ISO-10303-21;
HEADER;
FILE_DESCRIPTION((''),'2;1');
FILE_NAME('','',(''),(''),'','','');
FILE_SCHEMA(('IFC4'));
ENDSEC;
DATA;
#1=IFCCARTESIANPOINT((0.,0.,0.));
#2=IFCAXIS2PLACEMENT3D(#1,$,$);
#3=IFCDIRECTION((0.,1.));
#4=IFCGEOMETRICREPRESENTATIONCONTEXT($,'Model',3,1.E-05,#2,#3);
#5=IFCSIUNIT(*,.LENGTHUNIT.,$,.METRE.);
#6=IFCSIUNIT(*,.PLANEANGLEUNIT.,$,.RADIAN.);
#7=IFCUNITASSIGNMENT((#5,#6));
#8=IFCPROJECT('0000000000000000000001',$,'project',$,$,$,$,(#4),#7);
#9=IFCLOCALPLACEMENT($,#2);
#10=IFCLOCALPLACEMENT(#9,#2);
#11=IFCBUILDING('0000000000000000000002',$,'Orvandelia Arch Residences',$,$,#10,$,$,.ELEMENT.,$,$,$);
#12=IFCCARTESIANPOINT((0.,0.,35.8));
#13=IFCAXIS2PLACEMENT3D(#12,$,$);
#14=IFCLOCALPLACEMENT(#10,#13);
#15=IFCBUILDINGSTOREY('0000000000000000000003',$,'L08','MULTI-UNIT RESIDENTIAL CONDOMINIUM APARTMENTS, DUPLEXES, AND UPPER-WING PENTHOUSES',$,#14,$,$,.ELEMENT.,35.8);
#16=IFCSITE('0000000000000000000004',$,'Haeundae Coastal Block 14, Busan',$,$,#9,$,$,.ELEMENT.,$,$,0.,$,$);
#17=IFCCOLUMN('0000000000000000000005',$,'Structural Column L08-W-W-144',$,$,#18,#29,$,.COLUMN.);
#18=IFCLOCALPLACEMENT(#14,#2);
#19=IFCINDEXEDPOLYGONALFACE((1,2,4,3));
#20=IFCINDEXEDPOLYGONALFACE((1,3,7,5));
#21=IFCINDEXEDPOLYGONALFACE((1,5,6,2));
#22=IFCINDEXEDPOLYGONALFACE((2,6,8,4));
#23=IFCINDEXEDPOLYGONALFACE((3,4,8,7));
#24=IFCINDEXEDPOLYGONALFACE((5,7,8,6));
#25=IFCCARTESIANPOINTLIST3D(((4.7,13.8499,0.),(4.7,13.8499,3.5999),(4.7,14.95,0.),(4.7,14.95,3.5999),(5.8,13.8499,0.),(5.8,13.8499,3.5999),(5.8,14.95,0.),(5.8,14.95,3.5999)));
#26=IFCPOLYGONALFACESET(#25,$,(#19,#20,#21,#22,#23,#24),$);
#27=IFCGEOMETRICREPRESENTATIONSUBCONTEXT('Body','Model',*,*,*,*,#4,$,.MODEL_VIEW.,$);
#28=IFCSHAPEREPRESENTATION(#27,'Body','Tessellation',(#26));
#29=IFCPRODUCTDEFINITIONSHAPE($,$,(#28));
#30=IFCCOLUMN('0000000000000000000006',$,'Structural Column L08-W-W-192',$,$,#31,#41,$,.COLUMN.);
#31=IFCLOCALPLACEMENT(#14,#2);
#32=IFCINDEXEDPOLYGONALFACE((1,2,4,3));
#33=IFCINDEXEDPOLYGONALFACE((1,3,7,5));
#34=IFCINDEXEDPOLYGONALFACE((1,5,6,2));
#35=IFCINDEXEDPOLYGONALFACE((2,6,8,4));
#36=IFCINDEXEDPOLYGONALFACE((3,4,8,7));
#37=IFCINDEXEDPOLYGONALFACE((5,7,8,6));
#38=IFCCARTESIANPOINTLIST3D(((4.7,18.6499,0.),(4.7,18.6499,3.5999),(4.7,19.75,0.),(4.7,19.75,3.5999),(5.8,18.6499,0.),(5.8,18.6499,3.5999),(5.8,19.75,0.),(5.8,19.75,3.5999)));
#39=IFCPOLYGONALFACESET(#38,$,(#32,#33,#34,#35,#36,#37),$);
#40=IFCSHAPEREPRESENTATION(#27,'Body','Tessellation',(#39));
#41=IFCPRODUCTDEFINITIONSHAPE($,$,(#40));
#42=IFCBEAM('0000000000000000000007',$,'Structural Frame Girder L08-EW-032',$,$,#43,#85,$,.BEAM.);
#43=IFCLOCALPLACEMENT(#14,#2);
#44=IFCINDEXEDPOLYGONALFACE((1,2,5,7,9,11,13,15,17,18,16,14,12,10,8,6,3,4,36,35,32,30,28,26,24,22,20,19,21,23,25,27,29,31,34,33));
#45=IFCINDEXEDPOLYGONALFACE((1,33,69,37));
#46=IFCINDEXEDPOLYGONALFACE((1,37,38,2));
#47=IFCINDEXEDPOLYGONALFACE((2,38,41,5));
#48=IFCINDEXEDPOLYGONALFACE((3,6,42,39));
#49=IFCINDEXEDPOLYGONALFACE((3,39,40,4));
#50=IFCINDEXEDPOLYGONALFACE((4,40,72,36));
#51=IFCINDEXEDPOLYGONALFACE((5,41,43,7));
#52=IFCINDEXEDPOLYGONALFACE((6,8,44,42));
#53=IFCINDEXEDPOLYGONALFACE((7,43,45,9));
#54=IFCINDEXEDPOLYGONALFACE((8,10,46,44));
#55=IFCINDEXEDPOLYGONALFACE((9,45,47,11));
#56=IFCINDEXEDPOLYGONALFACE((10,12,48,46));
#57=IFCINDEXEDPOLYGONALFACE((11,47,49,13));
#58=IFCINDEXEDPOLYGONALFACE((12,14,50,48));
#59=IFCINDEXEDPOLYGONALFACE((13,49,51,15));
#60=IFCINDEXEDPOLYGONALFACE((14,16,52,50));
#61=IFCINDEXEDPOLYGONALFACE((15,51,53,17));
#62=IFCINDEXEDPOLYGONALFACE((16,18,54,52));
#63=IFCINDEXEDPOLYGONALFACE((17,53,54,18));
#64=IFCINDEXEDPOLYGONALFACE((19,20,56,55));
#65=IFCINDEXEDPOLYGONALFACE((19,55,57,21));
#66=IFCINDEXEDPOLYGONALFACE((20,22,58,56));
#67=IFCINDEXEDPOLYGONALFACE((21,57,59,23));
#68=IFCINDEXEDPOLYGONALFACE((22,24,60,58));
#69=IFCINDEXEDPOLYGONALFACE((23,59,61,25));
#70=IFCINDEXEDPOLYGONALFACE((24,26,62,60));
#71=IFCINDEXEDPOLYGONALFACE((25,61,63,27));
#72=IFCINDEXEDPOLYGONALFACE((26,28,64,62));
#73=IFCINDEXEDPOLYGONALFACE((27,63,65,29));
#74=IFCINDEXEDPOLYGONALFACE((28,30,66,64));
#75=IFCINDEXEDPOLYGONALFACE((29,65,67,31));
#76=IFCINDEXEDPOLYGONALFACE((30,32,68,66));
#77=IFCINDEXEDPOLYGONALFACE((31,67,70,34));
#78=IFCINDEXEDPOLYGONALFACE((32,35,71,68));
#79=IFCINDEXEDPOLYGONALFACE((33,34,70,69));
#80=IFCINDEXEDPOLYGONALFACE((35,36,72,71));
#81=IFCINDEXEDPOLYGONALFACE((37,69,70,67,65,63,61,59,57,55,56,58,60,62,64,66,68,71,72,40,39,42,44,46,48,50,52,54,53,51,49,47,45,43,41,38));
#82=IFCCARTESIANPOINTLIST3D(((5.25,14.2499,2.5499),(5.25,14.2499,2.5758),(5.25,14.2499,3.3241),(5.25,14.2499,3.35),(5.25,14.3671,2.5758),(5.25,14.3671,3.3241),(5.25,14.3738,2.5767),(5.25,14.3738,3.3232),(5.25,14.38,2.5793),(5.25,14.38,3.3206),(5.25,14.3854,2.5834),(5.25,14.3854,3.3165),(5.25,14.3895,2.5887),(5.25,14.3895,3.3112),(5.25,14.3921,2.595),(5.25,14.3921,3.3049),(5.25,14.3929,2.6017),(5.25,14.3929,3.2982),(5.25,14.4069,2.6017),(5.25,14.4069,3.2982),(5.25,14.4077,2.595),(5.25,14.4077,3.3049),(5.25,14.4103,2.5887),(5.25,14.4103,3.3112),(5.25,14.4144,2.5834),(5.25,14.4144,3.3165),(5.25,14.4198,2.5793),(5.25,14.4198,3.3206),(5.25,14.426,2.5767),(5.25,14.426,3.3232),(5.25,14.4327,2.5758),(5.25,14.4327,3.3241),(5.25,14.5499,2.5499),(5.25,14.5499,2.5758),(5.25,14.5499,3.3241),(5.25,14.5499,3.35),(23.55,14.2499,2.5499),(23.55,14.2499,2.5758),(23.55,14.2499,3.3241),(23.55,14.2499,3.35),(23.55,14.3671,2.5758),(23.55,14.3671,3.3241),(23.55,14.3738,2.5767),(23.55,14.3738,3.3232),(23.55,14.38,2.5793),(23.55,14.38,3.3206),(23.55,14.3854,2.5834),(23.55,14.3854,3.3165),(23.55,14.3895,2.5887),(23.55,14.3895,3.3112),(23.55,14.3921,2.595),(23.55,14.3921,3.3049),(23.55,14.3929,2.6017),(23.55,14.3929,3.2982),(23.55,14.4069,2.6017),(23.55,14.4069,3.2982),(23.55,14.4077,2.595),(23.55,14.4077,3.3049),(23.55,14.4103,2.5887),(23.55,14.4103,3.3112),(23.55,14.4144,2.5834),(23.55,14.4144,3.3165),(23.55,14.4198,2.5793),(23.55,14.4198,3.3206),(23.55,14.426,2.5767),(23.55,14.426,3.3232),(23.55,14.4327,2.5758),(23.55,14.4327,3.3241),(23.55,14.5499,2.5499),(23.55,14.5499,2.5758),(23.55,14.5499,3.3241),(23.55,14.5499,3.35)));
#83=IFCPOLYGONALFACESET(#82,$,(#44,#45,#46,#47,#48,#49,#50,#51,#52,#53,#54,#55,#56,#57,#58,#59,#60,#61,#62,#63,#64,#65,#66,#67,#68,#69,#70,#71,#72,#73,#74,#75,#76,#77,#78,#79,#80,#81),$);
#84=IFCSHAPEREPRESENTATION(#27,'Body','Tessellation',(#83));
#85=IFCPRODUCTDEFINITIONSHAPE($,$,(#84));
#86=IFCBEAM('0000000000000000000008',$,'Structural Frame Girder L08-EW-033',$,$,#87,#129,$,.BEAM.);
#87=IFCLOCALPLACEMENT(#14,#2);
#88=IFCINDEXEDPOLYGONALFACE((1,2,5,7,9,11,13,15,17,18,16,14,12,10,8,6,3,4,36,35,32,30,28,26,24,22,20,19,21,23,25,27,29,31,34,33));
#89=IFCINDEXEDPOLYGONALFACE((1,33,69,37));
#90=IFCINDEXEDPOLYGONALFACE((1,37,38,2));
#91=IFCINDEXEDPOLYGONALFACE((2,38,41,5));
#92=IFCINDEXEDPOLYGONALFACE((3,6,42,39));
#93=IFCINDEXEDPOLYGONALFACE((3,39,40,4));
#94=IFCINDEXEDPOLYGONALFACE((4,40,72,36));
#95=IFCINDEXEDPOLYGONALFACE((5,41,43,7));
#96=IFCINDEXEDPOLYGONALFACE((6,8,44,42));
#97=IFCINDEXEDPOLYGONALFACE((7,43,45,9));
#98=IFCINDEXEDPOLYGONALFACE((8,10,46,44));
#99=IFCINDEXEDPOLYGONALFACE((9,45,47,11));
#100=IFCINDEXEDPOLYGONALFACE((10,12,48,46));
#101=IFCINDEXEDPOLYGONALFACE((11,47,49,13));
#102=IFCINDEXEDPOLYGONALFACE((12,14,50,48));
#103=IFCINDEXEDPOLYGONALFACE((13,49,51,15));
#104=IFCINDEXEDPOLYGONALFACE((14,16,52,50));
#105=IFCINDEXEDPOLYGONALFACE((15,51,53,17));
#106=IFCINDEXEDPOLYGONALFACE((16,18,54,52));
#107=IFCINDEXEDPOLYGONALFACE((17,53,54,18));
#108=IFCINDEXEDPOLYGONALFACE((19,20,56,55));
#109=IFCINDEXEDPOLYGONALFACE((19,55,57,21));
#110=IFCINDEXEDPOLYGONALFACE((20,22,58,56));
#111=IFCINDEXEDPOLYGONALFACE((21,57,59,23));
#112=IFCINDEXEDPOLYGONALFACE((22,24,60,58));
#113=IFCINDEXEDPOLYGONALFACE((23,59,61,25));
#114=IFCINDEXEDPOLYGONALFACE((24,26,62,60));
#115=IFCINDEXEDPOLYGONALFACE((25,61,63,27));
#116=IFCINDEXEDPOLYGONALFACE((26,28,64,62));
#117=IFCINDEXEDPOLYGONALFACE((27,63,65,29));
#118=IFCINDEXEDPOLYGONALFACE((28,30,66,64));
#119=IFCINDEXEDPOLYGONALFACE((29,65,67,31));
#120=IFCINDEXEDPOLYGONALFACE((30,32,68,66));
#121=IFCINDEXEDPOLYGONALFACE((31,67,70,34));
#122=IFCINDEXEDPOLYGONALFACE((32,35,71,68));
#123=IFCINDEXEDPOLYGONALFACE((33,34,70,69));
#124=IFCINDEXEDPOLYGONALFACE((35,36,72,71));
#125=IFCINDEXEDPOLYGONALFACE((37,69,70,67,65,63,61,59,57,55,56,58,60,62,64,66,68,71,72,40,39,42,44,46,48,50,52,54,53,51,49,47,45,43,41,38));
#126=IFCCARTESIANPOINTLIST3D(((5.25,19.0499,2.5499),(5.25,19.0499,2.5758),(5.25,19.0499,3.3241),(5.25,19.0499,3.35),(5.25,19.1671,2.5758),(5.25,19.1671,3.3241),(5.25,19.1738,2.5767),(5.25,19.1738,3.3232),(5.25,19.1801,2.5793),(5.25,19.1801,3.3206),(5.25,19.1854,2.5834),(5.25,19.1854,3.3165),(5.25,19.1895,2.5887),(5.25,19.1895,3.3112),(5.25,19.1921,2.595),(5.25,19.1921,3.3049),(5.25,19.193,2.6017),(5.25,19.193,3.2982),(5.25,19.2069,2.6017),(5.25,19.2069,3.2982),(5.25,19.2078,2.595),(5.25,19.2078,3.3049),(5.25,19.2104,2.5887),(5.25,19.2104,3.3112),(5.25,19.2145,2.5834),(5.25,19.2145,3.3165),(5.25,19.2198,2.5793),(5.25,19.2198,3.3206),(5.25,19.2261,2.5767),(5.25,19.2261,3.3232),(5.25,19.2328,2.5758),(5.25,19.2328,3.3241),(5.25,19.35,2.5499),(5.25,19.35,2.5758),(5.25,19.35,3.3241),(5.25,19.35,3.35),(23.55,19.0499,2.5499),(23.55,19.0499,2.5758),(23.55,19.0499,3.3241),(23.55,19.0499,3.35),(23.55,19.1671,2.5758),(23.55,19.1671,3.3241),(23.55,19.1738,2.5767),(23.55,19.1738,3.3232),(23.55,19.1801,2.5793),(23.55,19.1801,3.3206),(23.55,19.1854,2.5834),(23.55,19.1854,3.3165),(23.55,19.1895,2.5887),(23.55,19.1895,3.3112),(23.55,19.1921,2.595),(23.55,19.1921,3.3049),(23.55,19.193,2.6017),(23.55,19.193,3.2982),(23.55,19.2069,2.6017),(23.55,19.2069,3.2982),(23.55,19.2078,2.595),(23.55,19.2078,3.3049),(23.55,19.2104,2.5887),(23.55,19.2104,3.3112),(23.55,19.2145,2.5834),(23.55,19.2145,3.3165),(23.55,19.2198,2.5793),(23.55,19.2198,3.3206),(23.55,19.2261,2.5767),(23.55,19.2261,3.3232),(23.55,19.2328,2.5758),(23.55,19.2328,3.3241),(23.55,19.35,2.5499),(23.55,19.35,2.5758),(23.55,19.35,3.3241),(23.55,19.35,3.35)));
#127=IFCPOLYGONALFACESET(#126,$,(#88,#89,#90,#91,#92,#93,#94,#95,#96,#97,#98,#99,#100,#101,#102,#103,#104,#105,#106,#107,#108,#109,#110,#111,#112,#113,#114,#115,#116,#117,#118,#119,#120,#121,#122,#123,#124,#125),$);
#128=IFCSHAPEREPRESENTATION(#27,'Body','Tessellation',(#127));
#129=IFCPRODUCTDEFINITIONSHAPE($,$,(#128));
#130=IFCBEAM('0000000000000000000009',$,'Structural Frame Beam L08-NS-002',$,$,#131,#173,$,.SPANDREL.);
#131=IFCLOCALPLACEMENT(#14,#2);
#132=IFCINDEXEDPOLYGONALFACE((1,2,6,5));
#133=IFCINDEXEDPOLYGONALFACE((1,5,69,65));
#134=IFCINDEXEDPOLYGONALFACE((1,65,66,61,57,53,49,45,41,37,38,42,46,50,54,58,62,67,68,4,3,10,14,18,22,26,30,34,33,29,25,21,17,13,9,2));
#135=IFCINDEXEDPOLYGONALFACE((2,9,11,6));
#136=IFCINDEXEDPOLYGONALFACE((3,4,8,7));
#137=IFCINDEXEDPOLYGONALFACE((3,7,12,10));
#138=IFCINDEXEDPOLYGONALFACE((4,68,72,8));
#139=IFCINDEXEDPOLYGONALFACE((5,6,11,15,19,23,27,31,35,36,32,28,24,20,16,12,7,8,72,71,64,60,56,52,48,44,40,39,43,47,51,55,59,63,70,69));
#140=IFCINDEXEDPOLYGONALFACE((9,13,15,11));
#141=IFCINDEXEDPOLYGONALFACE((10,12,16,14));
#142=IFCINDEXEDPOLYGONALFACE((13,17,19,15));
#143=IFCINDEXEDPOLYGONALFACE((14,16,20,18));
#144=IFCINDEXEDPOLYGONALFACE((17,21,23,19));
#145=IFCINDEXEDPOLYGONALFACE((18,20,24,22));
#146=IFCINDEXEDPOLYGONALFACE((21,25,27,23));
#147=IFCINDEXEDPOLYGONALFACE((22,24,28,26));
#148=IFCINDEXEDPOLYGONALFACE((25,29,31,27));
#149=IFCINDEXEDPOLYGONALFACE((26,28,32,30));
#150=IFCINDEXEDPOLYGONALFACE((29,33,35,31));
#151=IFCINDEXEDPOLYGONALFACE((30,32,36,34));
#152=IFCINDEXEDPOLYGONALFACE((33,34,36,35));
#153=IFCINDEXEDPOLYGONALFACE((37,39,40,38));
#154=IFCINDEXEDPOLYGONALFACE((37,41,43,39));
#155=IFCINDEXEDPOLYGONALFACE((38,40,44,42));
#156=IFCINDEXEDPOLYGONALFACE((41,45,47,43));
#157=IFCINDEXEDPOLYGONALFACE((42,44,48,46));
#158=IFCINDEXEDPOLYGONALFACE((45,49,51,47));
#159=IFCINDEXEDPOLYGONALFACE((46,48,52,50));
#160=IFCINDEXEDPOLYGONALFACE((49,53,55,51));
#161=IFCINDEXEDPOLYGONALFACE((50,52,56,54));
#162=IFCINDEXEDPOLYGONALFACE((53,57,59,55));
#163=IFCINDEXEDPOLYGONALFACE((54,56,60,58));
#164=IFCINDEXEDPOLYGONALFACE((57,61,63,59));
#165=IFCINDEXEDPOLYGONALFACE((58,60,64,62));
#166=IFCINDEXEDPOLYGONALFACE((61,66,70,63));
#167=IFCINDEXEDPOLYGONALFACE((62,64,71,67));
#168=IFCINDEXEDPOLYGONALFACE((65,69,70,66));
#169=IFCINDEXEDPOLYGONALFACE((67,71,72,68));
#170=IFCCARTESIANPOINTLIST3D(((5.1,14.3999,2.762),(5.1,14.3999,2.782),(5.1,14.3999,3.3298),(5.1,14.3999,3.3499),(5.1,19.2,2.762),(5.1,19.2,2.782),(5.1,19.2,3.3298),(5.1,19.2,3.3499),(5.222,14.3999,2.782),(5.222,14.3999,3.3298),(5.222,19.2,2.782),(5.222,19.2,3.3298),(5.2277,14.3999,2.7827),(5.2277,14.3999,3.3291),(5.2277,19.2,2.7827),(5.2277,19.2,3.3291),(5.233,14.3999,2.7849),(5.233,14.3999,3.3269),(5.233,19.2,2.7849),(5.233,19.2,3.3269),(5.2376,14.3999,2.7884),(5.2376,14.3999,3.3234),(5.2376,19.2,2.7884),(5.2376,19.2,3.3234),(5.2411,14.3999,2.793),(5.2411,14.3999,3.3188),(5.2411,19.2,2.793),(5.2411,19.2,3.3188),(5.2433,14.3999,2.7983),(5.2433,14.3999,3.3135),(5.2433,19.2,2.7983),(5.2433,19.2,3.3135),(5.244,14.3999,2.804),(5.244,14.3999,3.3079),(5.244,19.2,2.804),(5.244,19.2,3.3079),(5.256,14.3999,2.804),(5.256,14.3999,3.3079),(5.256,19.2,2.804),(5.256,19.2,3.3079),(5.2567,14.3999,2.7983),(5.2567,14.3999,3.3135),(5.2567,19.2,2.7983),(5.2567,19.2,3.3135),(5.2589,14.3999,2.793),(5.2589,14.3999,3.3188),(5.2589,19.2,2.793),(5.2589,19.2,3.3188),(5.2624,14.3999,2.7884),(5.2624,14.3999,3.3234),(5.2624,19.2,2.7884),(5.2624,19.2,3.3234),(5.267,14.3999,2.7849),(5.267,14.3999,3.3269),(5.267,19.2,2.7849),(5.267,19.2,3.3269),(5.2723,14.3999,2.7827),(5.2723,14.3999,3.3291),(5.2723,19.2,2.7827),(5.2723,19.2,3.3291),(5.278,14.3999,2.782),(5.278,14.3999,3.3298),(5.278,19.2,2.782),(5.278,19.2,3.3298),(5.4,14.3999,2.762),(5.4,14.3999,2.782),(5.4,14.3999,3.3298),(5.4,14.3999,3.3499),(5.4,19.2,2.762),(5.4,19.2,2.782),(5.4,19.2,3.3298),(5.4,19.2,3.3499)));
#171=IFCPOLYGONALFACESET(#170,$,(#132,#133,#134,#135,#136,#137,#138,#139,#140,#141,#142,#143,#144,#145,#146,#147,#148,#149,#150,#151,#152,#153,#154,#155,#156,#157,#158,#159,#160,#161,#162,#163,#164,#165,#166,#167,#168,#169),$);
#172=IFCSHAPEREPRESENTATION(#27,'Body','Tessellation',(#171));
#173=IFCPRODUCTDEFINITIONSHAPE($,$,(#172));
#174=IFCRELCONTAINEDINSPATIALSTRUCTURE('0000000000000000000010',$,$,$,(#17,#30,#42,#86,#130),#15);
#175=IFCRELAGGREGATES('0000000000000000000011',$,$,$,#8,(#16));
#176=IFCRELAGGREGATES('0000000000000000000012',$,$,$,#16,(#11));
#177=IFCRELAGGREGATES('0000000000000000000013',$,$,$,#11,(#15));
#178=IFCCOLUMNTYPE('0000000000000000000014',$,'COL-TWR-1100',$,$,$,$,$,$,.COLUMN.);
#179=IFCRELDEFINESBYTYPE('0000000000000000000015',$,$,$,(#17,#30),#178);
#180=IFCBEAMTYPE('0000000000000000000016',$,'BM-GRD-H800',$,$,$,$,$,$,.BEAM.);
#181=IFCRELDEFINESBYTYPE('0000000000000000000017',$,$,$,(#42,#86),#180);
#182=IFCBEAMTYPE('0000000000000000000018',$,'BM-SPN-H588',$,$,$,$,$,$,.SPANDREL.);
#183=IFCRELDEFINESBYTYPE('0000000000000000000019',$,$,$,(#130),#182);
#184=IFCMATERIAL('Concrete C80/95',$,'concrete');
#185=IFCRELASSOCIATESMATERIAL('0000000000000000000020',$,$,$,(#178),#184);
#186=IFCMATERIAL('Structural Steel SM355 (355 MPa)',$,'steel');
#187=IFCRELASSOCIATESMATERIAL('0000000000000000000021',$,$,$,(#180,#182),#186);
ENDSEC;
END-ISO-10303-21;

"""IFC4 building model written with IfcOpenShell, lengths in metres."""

from ifc_helpers import new_model, si_unit, direction, frame, origin, origin_2d, place, context, subcontext, project, spatial, rectangle, i_section, extrude, material, material_profile, profile_set, type_object, element, save


model = new_model("IFC4")

# Units and contexts
model_context = context("Model", 3, precision=1e-05, world=origin(), true_north=direction((0.0, 1.0)))
body_context = subcontext(model_context, "Body", "Model", "MODEL_VIEW")
ifc_project = project(units=[si_unit("LENGTHUNIT", "METRE"), si_unit("PLANEANGLEUNIT", "RADIAN")], contexts=[model_context])

# Site, building, storey
site_placement = place(None, origin())
site = spatial("IfcSite", under=ifc_project, at=site_placement, Name="Haeundae Coastal Block 14, Busan", CompositionType="ELEMENT", RefElevation=0.0)
building_placement = place(site_placement, origin())
building = spatial("IfcBuilding", under=site, at=building_placement, Name="Orvandelia Arch Residences", CompositionType="ELEMENT")
storey_placement = place(building_placement, frame((0.0, 0.0, 35.8)))
storey = spatial("IfcBuildingStorey", under=building, at=storey_placement, Name="L08", Description="MULTI-UNIT RESIDENTIAL CONDOMINIUM APARTMENTS, DUPLEXES, AND UPPER-WING PENTHOUSES", CompositionType="ELEMENT", Elevation=35.8)

# Columns
ifc_material_1 = material(Name="Concrete C80/95", Category="concrete")
ifc_material_profile_1 = material_profile(ifc_material_1, rectangle(XDim=1.1001, YDim=1.1001, at=origin_2d()), Name="Concrete C80/95", Category="concrete")
ifc_profile_set_1 = profile_set([ifc_material_profile_1], Name="Concrete C80/95")
column_type = type_object("IfcColumnType", Name="COL-TWR-1100", PredefinedType="COLUMN", material=ifc_profile_set_1)
for number, where, z_axis, x_axis, name in (
    (1, (5.25, 14.3999, 0.0), (0.0, 0.0, 1.0), (1.0, 0.0, 0.0), "Structural Column L08-W-W-144"),
    (2, (5.25, 19.2, 0.0), (0.0, 0.0, 1.0), (1.0, 0.0, 0.0), "Structural Column L08-W-W-192"),
):
    element("IfcColumn", number, at=place(storey_placement, frame(where, z_axis=z_axis, x_axis=x_axis)), inside=storey, type_object=column_type, Name=name, PredefinedType="COLUMN", context=body_context, shape_type="SweptSolid", body=[
        extrude(rectangle(XDim=1.1001, YDim=1.1001, at=origin_2d()), origin(), (0.0, 0.0, 1.0), 3.5999),
    ])

# Beams
ifc_material_2 = material(Name="Structural Steel SM355 (355 MPa)", Category="steel")
ifc_material_profile_2 = material_profile(ifc_material_2, i_section(OverallWidth=0.3, OverallDepth=0.8, WebThickness=0.0139, FlangeThickness=0.0259, FilletRadius=0.0259, at=origin_2d()), Name="Structural Steel SM355 (355 MPa)", Category="steel")
ifc_profile_set_2 = profile_set([ifc_material_profile_2], Name="Structural Steel SM355 (355 MPa)")
beam_type_1 = type_object("IfcBeamType", Name="BM-GRD-H800", PredefinedType="BEAM", material=ifc_profile_set_2)
for number, where, z_axis, x_axis, name in (
    (3, (5.25, 14.3999, 2.95), (1.0, 0.0, 0.0), (0.0, 1.0, 0.0), "Structural Frame Girder L08-EW-032"),
    (4, (5.25, 19.2, 2.95), (1.0, 0.0, 0.0), (0.0, 1.0, 0.0), "Structural Frame Girder L08-EW-033"),
):
    element("IfcBeam", number, at=place(storey_placement, frame(where, z_axis=z_axis, x_axis=x_axis)), inside=storey, type_object=beam_type_1, Name=name, PredefinedType="BEAM", context=body_context, shape_type="SweptSolid", body=[
        extrude(i_section(OverallWidth=0.3, OverallDepth=0.8, WebThickness=0.0139, FlangeThickness=0.0259, FilletRadius=0.0259, at=origin_2d()), origin(), (0.0, 0.0, 1.0), 18.3),
    ])
ifc_material_profile_3 = material_profile(ifc_material_2, i_section(OverallWidth=0.3, OverallDepth=0.5879, WebThickness=0.012, FlangeThickness=0.02, FilletRadius=0.022, at=origin_2d()), Name="Structural Steel SM355 (355 MPa)", Category="steel")
ifc_profile_set_3 = profile_set([ifc_material_profile_3], Name="Structural Steel SM355 (355 MPa)")
beam_type_2 = type_object("IfcBeamType", Name="BM-SPN-H588", PredefinedType="SPANDREL", material=ifc_profile_set_3)
for number, where, z_axis, x_axis, name in (
    (5, (5.25, 14.3999, 3.0559), (0.0, 1.0, 0.0), (-1.0, 0.0, 0.0), "Structural Frame Beam L08-NS-002"),
):
    element("IfcBeam", number, at=place(storey_placement, frame(where, z_axis=z_axis, x_axis=x_axis)), inside=storey, type_object=beam_type_2, Name=name, PredefinedType="SPANDREL", context=body_context, shape_type="SweptSolid", body=[
        extrude(i_section(OverallWidth=0.3, OverallDepth=0.5879, WebThickness=0.012, FlangeThickness=0.02, FilletRadius=0.022, at=origin_2d()), origin(), (0.0, 0.0, 1.0), 4.8),
    ])

save(model, "model.ifc")
